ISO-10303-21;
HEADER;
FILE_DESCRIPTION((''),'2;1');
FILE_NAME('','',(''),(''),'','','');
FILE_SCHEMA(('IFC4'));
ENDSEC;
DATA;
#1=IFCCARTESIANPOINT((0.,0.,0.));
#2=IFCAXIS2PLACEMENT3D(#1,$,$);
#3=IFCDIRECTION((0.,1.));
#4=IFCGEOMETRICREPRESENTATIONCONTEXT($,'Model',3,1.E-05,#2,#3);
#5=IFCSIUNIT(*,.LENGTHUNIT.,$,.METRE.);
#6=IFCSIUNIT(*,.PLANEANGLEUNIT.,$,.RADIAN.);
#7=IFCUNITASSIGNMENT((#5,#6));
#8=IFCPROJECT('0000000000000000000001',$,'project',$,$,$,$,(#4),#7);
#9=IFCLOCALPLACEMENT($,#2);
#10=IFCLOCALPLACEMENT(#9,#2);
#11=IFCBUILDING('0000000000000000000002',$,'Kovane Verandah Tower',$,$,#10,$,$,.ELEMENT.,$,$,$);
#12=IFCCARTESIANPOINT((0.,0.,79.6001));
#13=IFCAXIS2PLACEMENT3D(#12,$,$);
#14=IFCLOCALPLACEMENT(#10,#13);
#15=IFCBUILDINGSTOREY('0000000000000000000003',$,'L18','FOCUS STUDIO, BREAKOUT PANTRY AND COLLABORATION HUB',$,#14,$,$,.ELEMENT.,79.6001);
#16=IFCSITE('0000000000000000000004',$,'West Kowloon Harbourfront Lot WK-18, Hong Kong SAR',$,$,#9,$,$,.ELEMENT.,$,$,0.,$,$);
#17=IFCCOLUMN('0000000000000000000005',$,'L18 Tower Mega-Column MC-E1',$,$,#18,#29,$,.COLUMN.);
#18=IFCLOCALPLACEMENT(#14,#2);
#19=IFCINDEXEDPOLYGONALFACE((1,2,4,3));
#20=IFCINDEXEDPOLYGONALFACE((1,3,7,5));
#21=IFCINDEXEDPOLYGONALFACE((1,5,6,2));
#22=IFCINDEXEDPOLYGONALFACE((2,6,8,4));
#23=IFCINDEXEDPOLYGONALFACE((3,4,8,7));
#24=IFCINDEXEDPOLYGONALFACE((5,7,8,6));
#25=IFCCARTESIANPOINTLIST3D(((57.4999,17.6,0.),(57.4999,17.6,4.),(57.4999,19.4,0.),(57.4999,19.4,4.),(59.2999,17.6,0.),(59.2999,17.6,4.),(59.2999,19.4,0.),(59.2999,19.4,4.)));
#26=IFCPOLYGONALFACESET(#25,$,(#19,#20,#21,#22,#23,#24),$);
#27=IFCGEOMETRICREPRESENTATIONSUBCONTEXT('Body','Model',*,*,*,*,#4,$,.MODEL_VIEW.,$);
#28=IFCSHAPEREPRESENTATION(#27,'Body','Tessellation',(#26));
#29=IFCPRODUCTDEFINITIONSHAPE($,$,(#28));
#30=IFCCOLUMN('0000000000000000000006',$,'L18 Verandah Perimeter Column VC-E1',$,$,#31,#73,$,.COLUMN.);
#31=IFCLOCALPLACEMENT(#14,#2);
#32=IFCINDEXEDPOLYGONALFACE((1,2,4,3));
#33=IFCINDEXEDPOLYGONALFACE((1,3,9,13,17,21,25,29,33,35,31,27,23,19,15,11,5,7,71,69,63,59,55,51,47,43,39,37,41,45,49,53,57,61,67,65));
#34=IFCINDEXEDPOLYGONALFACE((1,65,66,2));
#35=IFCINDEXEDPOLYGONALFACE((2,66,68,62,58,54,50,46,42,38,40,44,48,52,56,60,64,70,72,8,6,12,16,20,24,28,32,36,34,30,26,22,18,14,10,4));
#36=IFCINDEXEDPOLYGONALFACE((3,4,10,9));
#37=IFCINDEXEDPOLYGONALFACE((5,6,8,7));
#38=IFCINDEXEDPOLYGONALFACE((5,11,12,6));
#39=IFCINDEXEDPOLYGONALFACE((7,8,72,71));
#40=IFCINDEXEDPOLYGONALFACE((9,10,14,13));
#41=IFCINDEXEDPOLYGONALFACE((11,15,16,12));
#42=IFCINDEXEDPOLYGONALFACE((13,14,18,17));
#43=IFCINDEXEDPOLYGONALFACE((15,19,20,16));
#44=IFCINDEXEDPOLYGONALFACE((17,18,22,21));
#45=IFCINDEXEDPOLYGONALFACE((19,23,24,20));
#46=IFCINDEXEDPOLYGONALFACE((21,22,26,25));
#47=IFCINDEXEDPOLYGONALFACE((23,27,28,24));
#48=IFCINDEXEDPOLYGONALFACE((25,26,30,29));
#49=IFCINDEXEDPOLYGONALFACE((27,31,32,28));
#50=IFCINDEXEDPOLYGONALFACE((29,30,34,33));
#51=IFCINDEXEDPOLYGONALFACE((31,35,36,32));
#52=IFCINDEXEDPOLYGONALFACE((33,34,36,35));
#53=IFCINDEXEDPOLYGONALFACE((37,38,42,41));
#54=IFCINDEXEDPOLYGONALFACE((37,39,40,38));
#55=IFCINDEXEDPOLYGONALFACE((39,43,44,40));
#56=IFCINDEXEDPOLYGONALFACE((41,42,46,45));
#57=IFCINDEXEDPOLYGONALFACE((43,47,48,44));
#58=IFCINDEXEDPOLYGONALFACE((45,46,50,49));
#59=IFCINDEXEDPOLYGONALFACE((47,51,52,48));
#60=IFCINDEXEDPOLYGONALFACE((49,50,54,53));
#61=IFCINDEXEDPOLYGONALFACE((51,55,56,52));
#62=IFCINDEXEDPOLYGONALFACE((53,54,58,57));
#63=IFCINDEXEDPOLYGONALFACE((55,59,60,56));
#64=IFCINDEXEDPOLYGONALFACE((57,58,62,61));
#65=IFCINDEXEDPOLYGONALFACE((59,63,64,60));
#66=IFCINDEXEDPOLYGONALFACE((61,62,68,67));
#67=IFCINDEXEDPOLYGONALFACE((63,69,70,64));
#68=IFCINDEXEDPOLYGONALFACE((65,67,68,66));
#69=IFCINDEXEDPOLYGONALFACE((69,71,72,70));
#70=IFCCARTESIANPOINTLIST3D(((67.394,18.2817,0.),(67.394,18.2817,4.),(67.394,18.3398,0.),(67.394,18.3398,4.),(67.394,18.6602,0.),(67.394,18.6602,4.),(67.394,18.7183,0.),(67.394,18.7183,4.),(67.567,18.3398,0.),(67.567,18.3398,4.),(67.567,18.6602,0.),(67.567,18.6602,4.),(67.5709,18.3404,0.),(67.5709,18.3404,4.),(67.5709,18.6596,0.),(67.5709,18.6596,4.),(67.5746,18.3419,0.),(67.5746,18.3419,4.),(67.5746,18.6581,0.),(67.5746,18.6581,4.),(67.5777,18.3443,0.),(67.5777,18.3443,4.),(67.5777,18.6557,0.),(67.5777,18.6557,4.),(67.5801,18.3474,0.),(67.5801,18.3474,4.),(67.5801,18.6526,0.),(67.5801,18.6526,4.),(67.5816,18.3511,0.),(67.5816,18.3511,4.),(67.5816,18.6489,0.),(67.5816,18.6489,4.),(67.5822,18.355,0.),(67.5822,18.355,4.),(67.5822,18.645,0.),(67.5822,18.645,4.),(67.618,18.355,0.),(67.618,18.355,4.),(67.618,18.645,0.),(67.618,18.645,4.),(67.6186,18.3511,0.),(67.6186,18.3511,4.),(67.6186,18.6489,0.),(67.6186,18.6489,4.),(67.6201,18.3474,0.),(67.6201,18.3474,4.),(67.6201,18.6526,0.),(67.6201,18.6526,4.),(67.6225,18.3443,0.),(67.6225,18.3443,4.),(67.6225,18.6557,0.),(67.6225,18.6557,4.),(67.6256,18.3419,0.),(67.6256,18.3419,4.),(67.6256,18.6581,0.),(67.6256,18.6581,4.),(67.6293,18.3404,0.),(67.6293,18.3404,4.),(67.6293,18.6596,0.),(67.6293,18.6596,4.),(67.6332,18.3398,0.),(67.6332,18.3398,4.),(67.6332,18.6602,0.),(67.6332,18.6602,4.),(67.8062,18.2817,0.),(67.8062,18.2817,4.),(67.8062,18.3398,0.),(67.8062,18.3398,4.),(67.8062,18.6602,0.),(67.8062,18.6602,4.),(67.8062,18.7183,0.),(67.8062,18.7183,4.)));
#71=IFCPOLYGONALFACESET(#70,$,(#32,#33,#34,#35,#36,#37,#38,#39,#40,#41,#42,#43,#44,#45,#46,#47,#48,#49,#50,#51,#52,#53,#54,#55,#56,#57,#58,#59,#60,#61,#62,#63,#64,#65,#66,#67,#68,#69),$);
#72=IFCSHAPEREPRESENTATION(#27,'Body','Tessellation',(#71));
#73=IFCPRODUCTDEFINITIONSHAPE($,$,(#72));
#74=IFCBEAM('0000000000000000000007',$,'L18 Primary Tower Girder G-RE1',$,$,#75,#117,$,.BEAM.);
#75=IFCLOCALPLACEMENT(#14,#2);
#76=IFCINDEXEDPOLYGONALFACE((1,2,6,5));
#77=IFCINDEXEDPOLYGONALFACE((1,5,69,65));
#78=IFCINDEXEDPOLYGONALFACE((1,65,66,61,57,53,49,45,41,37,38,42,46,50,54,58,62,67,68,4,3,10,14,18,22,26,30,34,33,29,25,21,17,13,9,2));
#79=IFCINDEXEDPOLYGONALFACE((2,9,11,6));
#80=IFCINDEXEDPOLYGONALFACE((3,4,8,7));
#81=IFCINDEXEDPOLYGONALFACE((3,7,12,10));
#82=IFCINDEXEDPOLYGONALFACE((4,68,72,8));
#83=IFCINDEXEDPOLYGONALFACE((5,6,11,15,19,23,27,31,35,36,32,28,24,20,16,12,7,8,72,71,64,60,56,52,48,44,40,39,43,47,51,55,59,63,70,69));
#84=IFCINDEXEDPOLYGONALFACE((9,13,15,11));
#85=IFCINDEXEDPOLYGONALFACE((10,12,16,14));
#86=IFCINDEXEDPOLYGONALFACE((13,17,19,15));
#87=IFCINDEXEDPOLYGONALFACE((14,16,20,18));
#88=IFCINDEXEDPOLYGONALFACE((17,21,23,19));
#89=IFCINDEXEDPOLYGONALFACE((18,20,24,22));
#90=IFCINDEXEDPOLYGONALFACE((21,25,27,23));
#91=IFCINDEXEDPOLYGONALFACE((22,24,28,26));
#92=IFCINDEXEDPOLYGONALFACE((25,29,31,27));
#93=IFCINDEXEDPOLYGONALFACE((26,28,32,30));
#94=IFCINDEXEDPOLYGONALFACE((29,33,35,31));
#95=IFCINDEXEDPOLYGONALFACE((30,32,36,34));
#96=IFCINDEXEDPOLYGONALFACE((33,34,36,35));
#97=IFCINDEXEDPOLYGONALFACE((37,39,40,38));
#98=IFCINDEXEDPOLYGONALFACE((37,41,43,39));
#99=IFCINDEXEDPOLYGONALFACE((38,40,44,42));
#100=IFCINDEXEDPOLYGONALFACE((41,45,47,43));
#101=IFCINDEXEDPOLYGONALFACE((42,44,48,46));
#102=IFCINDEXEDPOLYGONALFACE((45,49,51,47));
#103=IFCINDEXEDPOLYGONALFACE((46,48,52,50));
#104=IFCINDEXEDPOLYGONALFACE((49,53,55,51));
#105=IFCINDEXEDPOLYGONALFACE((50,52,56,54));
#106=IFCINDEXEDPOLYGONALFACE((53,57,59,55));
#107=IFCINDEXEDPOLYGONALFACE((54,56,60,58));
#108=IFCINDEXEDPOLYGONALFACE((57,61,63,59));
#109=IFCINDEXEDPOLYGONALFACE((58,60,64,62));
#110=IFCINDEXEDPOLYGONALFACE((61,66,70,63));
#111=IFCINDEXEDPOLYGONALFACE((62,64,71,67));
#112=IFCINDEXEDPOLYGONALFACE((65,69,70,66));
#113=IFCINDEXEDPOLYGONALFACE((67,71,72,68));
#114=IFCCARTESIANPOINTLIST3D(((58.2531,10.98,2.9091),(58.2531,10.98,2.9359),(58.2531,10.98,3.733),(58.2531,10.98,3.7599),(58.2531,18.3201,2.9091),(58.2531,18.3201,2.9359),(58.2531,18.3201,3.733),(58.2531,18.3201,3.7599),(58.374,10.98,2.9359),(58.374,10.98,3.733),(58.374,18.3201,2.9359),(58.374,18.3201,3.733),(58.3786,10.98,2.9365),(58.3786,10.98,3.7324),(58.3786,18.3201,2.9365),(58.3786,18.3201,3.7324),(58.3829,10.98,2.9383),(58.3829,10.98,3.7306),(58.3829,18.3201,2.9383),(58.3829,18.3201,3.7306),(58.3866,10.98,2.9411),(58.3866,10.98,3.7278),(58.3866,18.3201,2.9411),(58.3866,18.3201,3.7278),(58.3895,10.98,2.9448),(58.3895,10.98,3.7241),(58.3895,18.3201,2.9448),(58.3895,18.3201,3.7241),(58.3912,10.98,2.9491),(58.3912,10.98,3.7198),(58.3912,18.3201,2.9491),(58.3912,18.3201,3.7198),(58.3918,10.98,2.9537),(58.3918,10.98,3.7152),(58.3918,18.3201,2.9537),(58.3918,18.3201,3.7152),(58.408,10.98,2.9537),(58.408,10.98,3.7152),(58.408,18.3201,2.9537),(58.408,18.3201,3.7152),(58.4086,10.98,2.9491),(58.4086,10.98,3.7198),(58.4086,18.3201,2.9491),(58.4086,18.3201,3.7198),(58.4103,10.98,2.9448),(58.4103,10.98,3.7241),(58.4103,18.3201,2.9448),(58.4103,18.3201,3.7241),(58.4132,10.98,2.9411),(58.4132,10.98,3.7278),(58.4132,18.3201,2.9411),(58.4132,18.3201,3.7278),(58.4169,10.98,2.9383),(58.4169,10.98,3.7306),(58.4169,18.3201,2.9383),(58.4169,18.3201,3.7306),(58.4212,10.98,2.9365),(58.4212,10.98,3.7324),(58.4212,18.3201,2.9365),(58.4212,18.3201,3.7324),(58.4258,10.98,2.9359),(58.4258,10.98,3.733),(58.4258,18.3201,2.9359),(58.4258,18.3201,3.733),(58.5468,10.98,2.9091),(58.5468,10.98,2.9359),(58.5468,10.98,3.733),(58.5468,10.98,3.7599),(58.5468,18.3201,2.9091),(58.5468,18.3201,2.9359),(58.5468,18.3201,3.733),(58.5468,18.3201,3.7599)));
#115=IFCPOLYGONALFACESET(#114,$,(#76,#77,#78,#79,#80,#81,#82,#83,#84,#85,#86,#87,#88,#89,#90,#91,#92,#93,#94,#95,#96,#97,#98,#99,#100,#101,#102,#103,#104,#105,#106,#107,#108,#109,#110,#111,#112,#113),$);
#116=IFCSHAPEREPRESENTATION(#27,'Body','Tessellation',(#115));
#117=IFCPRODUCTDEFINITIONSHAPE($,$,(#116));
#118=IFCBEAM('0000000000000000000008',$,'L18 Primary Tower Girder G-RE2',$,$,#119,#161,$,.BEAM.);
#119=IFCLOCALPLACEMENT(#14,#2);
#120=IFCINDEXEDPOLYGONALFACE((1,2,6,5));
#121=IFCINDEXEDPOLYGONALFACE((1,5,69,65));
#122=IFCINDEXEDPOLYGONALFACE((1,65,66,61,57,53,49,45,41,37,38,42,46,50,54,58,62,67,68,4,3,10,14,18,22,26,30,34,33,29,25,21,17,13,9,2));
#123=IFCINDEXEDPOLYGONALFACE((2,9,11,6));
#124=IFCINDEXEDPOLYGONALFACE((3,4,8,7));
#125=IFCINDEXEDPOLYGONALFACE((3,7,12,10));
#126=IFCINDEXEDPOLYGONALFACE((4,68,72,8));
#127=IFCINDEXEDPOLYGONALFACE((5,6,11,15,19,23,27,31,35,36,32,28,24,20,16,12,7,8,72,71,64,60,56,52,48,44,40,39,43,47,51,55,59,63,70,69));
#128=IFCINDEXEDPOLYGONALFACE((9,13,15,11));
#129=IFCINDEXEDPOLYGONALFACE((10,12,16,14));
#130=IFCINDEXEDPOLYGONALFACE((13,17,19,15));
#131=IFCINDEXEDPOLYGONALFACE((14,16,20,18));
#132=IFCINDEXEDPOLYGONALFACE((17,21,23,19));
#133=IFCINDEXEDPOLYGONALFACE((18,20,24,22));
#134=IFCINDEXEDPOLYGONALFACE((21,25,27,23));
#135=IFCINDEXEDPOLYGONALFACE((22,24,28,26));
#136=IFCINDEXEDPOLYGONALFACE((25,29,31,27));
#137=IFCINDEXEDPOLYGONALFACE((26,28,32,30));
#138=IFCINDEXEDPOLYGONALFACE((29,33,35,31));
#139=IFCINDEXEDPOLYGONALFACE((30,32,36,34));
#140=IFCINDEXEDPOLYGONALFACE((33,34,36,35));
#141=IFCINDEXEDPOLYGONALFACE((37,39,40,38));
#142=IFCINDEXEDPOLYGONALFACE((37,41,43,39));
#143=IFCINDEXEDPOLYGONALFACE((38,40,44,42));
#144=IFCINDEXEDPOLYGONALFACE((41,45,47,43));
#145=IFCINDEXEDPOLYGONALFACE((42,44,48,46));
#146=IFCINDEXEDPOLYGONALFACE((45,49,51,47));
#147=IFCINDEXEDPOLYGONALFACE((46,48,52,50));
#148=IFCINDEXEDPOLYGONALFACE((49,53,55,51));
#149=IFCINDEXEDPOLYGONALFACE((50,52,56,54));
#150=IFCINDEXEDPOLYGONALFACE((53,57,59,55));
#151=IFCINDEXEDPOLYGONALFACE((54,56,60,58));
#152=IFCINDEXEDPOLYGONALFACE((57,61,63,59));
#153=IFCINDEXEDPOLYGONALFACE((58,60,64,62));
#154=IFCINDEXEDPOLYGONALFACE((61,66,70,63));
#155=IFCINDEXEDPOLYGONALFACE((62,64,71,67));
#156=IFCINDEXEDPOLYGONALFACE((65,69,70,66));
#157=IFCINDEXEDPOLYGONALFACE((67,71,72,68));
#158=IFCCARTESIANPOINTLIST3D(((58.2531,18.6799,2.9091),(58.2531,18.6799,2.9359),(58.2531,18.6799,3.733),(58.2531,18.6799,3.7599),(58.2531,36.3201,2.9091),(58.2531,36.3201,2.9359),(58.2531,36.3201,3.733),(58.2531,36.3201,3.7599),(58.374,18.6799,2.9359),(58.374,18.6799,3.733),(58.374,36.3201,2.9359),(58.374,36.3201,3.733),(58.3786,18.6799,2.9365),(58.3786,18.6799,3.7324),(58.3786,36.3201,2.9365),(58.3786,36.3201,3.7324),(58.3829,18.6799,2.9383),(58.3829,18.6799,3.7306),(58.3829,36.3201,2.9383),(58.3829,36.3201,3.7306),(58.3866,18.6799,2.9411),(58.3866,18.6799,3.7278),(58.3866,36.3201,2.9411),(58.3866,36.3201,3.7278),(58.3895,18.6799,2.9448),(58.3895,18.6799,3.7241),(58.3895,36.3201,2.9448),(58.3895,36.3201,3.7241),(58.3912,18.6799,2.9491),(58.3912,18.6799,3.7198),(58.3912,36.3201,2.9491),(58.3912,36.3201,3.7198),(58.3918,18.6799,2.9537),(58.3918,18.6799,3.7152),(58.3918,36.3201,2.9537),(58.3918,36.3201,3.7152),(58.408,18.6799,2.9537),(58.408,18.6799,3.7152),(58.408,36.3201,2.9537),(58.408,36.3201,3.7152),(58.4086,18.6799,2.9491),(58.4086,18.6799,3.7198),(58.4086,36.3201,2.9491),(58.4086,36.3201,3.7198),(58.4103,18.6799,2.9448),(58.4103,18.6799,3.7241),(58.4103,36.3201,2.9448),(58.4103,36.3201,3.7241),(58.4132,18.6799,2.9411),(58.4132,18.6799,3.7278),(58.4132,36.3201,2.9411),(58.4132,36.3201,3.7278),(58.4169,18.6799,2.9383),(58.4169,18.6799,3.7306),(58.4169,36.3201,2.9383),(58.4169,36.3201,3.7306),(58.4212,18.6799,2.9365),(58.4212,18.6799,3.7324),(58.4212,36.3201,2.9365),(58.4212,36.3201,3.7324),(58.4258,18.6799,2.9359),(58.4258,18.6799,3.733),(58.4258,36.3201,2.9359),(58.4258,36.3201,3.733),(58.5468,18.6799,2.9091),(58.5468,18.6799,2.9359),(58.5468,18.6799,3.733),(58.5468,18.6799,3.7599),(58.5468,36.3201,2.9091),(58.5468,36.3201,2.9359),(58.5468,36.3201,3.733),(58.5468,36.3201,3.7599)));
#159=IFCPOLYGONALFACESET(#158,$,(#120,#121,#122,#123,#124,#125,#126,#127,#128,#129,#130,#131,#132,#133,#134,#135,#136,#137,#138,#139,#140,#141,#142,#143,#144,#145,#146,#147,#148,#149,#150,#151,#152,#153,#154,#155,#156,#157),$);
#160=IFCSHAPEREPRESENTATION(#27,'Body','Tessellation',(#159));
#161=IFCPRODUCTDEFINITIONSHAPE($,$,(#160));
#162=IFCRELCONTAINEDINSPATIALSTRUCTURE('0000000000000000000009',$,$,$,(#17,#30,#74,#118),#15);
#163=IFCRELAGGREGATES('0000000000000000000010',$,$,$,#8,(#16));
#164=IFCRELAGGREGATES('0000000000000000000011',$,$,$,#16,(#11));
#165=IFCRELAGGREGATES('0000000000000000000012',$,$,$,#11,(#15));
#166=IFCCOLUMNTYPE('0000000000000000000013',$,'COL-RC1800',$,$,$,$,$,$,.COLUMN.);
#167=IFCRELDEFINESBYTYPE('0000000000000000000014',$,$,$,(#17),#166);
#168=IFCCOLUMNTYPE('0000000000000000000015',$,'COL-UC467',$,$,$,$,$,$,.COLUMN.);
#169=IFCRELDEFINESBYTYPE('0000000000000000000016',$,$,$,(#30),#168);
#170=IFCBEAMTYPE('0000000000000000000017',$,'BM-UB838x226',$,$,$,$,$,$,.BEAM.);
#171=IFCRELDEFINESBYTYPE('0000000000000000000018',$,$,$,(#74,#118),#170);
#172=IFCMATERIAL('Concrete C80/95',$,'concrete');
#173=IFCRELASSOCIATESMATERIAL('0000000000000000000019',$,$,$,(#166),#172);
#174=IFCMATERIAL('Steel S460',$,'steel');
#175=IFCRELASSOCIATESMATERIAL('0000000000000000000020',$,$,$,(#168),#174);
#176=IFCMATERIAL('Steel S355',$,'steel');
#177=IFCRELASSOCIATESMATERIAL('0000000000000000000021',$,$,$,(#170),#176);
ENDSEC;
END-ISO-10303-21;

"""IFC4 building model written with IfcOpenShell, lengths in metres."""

from ifc_helpers import new_model, si_unit, direction, frame, origin, origin_2d, place, context, subcontext, project, spatial, rectangle, i_section, extrude, material, material_profile, profile_set, type_object, element, save


model = new_model("IFC4")

# Units and contexts
model_context = context("Model", 3, precision=1e-05, world=origin(), true_north=direction((0.0, 1.0)))
body_context = subcontext(model_context, "Body", "Model", "MODEL_VIEW")
ifc_project = project(units=[si_unit("LENGTHUNIT", "METRE"), si_unit("PLANEANGLEUNIT", "RADIAN")], contexts=[model_context])

# Site, building, storey
site_placement = place(None, origin())
site = spatial("IfcSite", under=ifc_project, at=site_placement, Name="West Kowloon Harbourfront Lot WK-18, Hong Kong SAR", CompositionType="ELEMENT", RefElevation=0.0)
building_placement = place(site_placement, origin())
building = spatial("IfcBuilding", under=site, at=building_placement, Name="Kovane Verandah Tower", CompositionType="ELEMENT")
storey_placement = place(building_placement, frame((0.0, 0.0, 79.6001)))
storey = spatial("IfcBuildingStorey", under=building, at=storey_placement, Name="L18", Description="FOCUS STUDIO, BREAKOUT PANTRY AND COLLABORATION HUB", CompositionType="ELEMENT", Elevation=79.6001)

# Columns
ifc_material_1 = material(Name="Concrete C80/95", Category="concrete")
ifc_material_profile_1 = material_profile(ifc_material_1, rectangle(XDim=1.8, YDim=1.8, at=origin_2d()), Name="RC1800x1800")
ifc_profile_set_1 = profile_set([ifc_material_profile_1], Name="Concrete C80/95")
column_type_1 = type_object("IfcColumnType", Name="COL-RC1800", PredefinedType="COLUMN", material=ifc_profile_set_1)
column_1_placement = place(storey_placement, frame((58.3999, 18.5, 0.0), z_axis=(0.0, 0.0, 1.0), x_axis=(1.0, 0.0, 0.0)))
element("IfcColumn", 1, at=column_1_placement, inside=storey, type_object=column_type_1, Name="L18 Tower Mega-Column MC-E1", PredefinedType="COLUMN", context=body_context, shape_type="SweptSolid", body=[
    extrude(rectangle(XDim=1.8, YDim=1.8, at=origin_2d()), origin(), (0.0, 0.0, 1.0), 4.0),
])
ifc_material_2 = material(Name="Steel S460", Category="steel")
ifc_material_profile_2 = material_profile(ifc_material_2, i_section(OverallWidth=0.4121, OverallDepth=0.4365, WebThickness=0.0359, FlangeThickness=0.0581, FilletRadius=0.0151, at=origin_2d()), Name="UC356x406x467")
ifc_profile_set_2 = profile_set([ifc_material_profile_2], Name="Steel S460")
column_type_2 = type_object("IfcColumnType", Name="COL-UC467", PredefinedType="COLUMN", material=ifc_profile_set_2)
column_2_placement = place(storey_placement, frame((67.6001, 18.5, 0.0), z_axis=(0.0, 0.0, 1.0), x_axis=(1.0, 0.0, 0.0)))
element("IfcColumn", 2, at=column_2_placement, inside=storey, type_object=column_type_2, Name="L18 Verandah Perimeter Column VC-E1", PredefinedType="COLUMN", context=body_context, shape_type="SweptSolid", body=[
    extrude(i_section(OverallWidth=0.4121, OverallDepth=0.4365, WebThickness=0.0359, FlangeThickness=0.0581, FilletRadius=0.0151, at=origin_2d()), origin(), (0.0, 0.0, 1.0), 4.0),
])

# Beams
ifc_material_3 = material(Name="Steel S355", Category="steel")
ifc_material_profile_3 = material_profile(ifc_material_3, i_section(OverallWidth=0.2937, OverallDepth=0.8508, WebThickness=0.0161, FlangeThickness=0.0269, FilletRadius=0.0178, at=origin_2d()), Name="UB838x292x226")
ifc_profile_set_3 = profile_set([ifc_material_profile_3], Name="Steel S355")
beam_type_1 = type_object("IfcBeamType", Name="BM-UB838x226", PredefinedType="BEAM", material=ifc_profile_set_3)
beam_1_placement = place(storey_placement, frame((58.3999, 10.98, 3.3345), z_axis=(0.0, 1.0, 0.0), x_axis=(-1.0, 0.0, 0.0)))
element("IfcBeam", 3, at=beam_1_placement, inside=storey, type_object=beam_type_1, Name="L18 Primary Tower Girder G-RE1", PredefinedType="BEAM", context=body_context, shape_type="SweptSolid", body=[
    extrude(i_section(OverallWidth=0.2937, OverallDepth=0.8508, WebThickness=0.0161, FlangeThickness=0.0269, FilletRadius=0.0178, at=origin_2d()), origin(), (0.0, 0.0, 1.0), 7.3401),
])
beam_2_placement = place(storey_placement, frame((58.3999, 18.6799, 3.3345), z_axis=(0.0, 1.0, 0.0), x_axis=(-1.0, 0.0, 0.0)))
element("IfcBeam", 4, at=beam_2_placement, inside=storey, type_object=beam_type_1, Name="L18 Primary Tower Girder G-RE2", PredefinedType="BEAM", context=body_context, shape_type="SweptSolid", body=[
    extrude(i_section(OverallWidth=0.2937, OverallDepth=0.8508, WebThickness=0.0161, FlangeThickness=0.0269, FilletRadius=0.0178, at=origin_2d()), origin(), (0.0, 0.0, 1.0), 17.6401),
])

save(model, "model.ifc")
